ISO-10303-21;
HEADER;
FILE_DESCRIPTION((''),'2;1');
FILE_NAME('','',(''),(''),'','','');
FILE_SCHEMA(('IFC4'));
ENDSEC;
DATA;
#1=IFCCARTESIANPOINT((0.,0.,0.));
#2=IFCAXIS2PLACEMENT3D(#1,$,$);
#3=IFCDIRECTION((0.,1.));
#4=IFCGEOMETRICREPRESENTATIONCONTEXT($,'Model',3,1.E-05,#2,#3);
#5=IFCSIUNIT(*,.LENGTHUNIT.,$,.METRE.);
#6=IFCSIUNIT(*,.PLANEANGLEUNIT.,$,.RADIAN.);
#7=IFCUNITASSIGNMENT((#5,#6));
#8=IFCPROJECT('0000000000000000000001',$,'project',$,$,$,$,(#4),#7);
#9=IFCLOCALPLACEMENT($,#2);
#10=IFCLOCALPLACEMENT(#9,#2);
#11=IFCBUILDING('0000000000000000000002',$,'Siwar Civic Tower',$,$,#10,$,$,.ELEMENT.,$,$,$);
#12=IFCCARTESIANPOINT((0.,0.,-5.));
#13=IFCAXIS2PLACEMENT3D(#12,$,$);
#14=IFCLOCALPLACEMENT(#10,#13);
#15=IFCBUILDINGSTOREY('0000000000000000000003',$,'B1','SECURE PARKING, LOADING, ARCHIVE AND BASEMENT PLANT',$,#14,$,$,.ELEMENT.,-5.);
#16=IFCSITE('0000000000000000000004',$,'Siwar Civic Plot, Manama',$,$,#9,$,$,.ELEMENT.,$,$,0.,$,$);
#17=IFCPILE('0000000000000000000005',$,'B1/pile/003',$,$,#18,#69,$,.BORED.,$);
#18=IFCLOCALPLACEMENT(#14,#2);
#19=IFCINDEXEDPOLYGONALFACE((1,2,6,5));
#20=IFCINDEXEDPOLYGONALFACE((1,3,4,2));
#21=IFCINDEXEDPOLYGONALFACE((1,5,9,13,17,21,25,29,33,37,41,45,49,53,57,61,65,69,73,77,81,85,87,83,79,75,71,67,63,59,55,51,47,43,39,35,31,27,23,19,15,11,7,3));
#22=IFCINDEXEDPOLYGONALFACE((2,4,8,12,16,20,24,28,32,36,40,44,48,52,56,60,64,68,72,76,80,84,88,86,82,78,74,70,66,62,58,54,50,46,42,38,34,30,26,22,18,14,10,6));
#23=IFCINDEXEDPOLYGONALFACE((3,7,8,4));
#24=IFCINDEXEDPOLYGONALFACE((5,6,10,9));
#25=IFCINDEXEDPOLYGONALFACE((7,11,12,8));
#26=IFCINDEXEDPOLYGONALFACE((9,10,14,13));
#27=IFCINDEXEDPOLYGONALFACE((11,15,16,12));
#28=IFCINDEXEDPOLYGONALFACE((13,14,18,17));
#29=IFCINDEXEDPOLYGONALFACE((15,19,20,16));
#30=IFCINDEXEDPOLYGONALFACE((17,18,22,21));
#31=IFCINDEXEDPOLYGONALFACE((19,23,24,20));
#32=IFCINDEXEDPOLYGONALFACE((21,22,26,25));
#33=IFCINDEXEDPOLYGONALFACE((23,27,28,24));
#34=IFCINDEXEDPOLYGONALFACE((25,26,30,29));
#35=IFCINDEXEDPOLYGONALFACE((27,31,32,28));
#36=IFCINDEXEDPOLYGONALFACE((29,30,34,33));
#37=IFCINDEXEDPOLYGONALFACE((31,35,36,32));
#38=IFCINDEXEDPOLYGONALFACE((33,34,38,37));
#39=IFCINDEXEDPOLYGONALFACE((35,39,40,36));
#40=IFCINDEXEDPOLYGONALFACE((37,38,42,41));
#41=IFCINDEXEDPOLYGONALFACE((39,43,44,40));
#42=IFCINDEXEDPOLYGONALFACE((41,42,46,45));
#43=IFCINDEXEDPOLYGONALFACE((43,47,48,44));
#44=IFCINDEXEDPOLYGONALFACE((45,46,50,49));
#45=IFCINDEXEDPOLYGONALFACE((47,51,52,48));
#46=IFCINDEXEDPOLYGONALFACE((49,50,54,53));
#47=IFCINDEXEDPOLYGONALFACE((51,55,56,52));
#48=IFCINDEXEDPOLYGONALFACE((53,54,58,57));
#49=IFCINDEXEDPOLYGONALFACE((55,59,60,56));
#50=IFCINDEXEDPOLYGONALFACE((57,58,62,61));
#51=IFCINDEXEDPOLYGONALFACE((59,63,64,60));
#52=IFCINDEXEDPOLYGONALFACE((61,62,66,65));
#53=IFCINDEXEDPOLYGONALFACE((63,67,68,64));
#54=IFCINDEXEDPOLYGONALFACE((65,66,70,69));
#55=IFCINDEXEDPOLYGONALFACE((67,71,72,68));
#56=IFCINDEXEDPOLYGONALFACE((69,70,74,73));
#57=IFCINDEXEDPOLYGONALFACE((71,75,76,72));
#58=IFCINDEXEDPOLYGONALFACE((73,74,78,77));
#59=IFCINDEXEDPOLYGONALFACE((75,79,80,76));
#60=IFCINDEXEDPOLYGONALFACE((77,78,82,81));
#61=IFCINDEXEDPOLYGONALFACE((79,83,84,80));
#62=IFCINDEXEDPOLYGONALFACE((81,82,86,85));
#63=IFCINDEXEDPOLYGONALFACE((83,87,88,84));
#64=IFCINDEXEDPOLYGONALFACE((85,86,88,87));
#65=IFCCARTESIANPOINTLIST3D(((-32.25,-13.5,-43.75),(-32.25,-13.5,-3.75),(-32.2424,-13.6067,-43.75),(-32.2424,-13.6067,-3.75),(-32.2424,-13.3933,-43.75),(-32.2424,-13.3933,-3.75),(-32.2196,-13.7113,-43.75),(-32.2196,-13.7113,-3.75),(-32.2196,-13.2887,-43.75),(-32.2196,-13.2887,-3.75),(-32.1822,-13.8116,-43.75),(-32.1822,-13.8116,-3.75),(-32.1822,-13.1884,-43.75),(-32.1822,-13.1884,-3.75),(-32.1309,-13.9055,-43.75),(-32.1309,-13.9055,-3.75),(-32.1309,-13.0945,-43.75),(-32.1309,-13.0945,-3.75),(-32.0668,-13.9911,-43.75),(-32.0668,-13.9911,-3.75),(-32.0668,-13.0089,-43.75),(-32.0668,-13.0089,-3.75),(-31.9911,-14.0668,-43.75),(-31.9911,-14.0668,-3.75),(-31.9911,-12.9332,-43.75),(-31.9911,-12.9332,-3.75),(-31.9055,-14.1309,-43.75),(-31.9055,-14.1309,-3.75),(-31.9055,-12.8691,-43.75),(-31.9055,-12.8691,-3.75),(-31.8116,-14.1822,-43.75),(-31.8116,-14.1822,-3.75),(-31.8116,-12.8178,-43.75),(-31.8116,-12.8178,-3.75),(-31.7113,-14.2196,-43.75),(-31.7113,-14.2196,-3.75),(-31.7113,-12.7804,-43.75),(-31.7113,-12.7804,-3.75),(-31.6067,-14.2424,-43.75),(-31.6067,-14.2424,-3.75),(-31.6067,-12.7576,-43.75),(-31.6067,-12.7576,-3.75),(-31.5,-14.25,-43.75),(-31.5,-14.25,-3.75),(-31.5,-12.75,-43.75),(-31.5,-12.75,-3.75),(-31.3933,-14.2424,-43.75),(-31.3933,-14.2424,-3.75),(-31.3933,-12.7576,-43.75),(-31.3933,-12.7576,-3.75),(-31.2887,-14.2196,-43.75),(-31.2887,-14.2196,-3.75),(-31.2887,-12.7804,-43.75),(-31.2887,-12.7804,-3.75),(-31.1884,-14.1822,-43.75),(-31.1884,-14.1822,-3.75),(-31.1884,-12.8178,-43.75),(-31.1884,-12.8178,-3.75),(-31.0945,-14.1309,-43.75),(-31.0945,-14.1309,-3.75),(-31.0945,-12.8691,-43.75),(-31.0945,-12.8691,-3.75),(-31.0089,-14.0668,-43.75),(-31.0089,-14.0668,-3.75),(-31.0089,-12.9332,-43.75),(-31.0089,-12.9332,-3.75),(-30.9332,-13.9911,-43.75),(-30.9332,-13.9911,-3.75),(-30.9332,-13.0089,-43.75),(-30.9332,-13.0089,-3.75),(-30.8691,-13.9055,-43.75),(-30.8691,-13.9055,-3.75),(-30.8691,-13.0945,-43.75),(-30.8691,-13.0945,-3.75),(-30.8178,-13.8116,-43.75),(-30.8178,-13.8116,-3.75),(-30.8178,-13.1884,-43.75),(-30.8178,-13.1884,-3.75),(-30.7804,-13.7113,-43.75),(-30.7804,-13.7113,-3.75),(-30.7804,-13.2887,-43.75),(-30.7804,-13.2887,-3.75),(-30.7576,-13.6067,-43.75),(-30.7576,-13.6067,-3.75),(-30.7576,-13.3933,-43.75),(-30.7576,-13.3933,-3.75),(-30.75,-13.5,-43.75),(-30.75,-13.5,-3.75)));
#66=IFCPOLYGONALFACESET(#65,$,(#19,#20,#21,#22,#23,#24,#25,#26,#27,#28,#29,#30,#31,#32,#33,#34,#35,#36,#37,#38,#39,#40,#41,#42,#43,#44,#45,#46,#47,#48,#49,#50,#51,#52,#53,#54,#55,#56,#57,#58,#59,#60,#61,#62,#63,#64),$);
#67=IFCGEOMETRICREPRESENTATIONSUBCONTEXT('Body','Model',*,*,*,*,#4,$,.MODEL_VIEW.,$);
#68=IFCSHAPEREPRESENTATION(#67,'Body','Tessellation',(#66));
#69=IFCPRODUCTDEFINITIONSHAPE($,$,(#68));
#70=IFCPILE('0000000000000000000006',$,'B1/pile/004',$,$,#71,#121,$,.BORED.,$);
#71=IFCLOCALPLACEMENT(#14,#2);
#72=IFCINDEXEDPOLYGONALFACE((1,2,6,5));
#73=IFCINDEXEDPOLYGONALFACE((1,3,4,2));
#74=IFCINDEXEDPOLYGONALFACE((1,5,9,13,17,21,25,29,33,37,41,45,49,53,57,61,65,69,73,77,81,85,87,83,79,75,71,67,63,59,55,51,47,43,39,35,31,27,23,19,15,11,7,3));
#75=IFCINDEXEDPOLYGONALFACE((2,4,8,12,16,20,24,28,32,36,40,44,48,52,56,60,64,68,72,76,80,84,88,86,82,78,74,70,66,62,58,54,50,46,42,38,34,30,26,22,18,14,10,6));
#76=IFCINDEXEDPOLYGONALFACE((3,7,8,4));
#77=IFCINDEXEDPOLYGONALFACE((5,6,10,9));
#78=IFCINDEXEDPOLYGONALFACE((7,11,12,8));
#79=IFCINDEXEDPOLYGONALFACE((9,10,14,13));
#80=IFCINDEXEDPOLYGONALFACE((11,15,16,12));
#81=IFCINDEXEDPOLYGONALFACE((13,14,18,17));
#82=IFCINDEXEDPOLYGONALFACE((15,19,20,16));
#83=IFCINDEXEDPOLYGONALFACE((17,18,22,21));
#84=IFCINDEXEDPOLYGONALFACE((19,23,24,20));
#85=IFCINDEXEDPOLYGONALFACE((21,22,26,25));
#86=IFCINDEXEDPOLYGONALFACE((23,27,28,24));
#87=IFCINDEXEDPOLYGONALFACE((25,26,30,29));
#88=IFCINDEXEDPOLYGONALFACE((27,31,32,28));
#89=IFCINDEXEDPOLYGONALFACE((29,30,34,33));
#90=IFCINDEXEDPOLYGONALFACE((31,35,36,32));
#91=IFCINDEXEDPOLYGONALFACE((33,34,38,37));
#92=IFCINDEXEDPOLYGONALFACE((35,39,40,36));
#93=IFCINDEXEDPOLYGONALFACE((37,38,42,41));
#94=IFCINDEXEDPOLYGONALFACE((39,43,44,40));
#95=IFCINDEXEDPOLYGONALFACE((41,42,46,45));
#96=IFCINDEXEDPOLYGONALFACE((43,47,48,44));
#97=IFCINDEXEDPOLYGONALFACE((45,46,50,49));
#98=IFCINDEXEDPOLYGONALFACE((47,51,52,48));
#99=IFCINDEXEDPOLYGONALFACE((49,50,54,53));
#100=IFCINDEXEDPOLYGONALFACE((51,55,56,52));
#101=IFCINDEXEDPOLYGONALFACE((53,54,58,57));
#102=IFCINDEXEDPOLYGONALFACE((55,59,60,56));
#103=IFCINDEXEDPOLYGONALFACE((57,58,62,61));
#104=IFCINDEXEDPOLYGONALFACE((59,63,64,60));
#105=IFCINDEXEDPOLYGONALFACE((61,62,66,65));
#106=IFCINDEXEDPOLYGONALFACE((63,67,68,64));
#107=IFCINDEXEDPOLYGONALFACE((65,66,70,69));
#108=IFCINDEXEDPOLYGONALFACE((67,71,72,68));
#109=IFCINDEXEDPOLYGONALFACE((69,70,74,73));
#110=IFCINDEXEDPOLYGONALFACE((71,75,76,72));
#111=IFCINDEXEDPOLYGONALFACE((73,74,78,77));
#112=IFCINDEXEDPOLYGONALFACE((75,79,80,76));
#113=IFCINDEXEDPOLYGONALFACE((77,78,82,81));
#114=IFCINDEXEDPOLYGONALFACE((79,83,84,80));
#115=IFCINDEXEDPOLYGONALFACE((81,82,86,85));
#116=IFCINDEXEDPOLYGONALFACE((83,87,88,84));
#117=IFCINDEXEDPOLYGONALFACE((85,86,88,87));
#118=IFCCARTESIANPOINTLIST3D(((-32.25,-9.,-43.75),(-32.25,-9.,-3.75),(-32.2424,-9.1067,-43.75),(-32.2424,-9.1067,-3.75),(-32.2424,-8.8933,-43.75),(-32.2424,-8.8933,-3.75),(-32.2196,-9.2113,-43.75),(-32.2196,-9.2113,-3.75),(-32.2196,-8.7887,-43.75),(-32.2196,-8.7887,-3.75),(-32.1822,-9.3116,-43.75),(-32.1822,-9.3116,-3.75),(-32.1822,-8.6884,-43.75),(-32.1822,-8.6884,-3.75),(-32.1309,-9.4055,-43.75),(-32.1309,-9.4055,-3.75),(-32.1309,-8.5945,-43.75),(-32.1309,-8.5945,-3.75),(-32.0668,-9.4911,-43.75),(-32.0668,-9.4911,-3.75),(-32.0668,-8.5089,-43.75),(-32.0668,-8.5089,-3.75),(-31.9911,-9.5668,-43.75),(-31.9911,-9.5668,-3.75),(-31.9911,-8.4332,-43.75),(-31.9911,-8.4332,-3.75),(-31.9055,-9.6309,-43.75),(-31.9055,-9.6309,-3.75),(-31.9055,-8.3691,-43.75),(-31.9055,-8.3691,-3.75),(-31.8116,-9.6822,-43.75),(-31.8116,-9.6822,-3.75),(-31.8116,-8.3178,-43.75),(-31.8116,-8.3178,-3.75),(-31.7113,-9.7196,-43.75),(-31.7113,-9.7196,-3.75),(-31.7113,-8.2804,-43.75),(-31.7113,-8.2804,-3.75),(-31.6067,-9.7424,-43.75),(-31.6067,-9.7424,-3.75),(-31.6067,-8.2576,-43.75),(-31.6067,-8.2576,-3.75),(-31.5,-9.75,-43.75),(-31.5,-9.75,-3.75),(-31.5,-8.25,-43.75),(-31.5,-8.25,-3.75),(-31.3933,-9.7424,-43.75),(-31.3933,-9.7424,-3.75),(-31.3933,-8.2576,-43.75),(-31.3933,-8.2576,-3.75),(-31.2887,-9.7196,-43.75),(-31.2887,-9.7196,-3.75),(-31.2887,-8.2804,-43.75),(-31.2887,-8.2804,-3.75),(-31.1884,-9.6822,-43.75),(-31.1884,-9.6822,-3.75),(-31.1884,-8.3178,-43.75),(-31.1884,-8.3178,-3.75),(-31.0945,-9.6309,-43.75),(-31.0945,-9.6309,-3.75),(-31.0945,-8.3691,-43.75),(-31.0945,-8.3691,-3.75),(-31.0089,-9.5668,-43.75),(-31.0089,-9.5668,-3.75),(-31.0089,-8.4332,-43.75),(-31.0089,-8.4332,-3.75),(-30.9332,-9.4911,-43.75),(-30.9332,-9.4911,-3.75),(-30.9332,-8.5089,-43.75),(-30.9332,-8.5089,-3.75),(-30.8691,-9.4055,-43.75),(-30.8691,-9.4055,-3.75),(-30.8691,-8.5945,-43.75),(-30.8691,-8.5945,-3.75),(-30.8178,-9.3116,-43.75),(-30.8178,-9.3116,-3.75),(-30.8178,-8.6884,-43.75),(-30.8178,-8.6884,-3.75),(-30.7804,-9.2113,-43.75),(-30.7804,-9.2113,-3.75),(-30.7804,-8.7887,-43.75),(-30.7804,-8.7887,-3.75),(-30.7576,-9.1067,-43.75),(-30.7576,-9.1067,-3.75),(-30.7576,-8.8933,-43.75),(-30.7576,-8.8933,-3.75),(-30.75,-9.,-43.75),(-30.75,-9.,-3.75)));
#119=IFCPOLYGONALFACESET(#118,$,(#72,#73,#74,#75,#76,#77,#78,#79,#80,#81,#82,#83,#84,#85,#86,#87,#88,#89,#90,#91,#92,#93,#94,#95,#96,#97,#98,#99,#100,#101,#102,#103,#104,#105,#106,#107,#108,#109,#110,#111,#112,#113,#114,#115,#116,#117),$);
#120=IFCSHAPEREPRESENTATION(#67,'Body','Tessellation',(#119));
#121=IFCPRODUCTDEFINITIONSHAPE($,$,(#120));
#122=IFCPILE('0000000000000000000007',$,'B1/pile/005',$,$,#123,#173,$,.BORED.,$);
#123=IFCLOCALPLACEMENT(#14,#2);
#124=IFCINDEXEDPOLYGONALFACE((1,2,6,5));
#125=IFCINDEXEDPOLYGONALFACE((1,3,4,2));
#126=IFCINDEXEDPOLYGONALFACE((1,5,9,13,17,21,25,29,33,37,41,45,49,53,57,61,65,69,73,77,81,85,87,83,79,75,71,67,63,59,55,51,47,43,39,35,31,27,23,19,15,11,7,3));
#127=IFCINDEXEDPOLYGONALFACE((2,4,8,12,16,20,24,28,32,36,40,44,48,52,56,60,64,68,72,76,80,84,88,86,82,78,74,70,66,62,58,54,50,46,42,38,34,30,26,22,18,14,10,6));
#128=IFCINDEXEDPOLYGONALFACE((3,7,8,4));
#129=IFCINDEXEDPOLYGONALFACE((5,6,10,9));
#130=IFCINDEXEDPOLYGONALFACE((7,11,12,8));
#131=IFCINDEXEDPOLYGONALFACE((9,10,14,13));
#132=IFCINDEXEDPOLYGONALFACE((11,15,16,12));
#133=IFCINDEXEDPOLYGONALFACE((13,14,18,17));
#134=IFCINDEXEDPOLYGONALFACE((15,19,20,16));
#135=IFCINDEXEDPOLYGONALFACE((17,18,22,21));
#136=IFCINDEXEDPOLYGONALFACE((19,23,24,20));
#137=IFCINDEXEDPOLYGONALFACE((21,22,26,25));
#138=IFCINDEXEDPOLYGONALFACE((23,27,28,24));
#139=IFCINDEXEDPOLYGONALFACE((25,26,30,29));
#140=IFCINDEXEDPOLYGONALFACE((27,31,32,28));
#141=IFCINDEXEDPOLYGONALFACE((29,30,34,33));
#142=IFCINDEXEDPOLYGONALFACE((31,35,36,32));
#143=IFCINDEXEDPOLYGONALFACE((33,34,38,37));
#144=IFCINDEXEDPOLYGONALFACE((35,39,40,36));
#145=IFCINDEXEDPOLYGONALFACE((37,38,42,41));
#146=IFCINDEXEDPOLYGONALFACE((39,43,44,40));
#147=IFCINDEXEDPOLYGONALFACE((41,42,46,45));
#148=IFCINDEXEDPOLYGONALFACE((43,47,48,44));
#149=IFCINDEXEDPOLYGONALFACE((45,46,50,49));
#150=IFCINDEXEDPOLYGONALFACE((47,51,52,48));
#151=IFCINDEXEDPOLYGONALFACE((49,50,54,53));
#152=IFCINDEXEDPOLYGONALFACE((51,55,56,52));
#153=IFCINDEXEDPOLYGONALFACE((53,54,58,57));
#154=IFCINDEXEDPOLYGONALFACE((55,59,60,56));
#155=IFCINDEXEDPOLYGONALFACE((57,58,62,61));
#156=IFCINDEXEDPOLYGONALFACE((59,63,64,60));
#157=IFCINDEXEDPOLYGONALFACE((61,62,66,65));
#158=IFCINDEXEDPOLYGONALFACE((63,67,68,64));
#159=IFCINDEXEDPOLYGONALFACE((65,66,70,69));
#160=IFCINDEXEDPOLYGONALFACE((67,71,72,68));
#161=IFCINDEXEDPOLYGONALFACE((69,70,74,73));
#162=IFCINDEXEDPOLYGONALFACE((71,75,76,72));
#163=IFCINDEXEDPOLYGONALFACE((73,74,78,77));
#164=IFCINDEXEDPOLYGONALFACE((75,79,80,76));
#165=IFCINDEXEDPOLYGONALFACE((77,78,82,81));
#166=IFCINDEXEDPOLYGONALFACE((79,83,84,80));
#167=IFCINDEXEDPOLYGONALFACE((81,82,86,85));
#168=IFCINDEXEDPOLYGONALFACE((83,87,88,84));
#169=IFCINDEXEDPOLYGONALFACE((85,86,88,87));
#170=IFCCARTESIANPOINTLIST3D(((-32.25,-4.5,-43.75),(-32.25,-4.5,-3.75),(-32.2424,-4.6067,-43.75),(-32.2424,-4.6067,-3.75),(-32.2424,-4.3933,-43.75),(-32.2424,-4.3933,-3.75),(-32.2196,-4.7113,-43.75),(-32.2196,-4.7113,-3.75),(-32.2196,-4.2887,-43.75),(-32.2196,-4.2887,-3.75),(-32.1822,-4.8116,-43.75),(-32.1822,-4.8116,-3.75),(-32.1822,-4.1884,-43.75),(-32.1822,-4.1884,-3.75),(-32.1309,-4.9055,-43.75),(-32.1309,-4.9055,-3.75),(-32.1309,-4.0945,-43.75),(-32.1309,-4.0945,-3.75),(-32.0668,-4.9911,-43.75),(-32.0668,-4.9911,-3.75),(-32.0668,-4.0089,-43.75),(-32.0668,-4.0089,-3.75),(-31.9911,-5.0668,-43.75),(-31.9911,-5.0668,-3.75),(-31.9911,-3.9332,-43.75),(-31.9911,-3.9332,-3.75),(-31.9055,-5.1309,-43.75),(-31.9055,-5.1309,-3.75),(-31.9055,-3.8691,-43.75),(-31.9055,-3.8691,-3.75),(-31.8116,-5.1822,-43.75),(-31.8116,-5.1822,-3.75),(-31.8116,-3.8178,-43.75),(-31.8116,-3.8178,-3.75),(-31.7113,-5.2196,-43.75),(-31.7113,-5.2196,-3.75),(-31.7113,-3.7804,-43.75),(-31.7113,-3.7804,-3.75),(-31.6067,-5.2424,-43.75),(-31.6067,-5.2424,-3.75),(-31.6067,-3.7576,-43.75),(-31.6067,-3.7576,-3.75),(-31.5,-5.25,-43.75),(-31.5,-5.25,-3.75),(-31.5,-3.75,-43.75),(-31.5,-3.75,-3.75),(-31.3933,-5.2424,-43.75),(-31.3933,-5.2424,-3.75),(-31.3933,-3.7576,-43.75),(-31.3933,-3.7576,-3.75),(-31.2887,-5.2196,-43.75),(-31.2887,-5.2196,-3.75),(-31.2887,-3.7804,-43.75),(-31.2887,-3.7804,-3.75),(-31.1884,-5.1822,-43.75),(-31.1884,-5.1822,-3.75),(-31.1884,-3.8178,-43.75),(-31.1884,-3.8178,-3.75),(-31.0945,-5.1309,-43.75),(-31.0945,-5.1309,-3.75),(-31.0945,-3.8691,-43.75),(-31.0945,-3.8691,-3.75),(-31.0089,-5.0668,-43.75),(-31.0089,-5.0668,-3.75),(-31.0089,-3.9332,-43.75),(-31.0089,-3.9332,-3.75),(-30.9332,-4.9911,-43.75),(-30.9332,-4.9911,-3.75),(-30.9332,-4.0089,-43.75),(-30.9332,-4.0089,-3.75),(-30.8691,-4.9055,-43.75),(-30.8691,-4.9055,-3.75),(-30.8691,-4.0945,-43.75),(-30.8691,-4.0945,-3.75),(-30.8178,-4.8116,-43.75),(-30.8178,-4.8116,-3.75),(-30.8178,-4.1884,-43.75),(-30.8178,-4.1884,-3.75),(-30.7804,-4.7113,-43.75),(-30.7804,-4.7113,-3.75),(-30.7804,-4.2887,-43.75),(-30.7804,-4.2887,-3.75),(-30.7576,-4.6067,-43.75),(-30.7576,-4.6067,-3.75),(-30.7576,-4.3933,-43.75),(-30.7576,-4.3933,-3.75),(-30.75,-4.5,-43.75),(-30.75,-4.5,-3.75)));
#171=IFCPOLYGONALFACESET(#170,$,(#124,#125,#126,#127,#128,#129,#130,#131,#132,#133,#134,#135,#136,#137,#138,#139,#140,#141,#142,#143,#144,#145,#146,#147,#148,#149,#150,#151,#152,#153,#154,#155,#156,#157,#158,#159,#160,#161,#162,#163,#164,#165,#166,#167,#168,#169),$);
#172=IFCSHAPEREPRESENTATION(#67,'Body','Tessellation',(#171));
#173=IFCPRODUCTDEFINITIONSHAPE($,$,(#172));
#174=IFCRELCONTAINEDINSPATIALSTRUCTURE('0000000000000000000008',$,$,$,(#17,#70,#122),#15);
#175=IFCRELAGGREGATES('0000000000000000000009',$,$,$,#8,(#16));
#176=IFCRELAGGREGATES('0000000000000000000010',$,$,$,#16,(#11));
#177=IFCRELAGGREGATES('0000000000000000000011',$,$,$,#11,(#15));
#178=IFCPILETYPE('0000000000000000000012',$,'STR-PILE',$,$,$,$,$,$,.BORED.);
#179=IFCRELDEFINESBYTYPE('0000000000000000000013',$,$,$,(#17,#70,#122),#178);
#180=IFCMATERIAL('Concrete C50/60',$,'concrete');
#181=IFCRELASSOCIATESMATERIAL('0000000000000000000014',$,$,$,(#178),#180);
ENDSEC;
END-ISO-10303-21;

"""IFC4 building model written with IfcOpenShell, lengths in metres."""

from ifc_helpers import new_model, si_unit, direction, frame, origin, origin_2d, place, context, subcontext, project, spatial, circle, extrude, material, material_profile, profile_set, type_object, element, save


model = new_model("IFC4")

# Units and contexts
model_context = context("Model", 3, precision=1e-05, world=origin(), true_north=direction((0.0, 1.0)))
body_context = subcontext(model_context, "Body", "Model", "MODEL_VIEW")
ifc_project = project(units=[si_unit("LENGTHUNIT", "METRE"), si_unit("PLANEANGLEUNIT", "RADIAN")], contexts=[model_context])

# Site, building, storey
site_placement = place(None, origin())
site = spatial("IfcSite", under=ifc_project, at=site_placement, Name="Siwar Civic Plot, Manama", CompositionType="ELEMENT", RefElevation=0.0)
building_placement = place(site_placement, origin())
building = spatial("IfcBuilding", under=site, at=building_placement, Name="Siwar Civic Tower", CompositionType="ELEMENT")
storey_placement = place(building_placement, frame((0.0, 0.0, -5.0)))
storey = spatial("IfcBuildingStorey", under=building, at=storey_placement, Name="B1", Description="SECURE PARKING, LOADING, ARCHIVE AND BASEMENT PLANT", CompositionType="ELEMENT", Elevation=-5.0)

# Piles
ifc_material_1 = material(Name="Concrete C50/60", Category="concrete")
ifc_material_profile_1 = material_profile(ifc_material_1, circle(Radius=0.75, at=origin_2d()), Name="PILE1500")
ifc_profile_set_1 = profile_set([ifc_material_profile_1], Name="Concrete C50/60")
pile_type = type_object("IfcPileType", Name="STR-PILE", PredefinedType="BORED", material=ifc_profile_set_1)
for number, where, z_axis, x_axis, name in (
    (1, (-31.5, -13.5, -3.75), (0.0, 0.0, -1.0), (1.0, 0.0, 0.0), "B1/pile/003"),
    (2, (-31.5, -9.0, -3.75), (0.0, 0.0, -1.0), (1.0, 0.0, 0.0), "B1/pile/004"),
    (3, (-31.5, -4.5, -3.75), (0.0, 0.0, -1.0), (1.0, 0.0, 0.0), "B1/pile/005"),
):
    element("IfcPile", number, at=place(storey_placement, frame(where, z_axis=z_axis, x_axis=x_axis)), inside=storey, type_object=pile_type, Name=name, PredefinedType="BORED", context=body_context, shape_type="SweptSolid", body=[
        extrude(circle(Radius=0.75, at=origin_2d()), origin(), (0.0, 0.0, 1.0), 40.0),
    ])

save(model, "model.ifc")
